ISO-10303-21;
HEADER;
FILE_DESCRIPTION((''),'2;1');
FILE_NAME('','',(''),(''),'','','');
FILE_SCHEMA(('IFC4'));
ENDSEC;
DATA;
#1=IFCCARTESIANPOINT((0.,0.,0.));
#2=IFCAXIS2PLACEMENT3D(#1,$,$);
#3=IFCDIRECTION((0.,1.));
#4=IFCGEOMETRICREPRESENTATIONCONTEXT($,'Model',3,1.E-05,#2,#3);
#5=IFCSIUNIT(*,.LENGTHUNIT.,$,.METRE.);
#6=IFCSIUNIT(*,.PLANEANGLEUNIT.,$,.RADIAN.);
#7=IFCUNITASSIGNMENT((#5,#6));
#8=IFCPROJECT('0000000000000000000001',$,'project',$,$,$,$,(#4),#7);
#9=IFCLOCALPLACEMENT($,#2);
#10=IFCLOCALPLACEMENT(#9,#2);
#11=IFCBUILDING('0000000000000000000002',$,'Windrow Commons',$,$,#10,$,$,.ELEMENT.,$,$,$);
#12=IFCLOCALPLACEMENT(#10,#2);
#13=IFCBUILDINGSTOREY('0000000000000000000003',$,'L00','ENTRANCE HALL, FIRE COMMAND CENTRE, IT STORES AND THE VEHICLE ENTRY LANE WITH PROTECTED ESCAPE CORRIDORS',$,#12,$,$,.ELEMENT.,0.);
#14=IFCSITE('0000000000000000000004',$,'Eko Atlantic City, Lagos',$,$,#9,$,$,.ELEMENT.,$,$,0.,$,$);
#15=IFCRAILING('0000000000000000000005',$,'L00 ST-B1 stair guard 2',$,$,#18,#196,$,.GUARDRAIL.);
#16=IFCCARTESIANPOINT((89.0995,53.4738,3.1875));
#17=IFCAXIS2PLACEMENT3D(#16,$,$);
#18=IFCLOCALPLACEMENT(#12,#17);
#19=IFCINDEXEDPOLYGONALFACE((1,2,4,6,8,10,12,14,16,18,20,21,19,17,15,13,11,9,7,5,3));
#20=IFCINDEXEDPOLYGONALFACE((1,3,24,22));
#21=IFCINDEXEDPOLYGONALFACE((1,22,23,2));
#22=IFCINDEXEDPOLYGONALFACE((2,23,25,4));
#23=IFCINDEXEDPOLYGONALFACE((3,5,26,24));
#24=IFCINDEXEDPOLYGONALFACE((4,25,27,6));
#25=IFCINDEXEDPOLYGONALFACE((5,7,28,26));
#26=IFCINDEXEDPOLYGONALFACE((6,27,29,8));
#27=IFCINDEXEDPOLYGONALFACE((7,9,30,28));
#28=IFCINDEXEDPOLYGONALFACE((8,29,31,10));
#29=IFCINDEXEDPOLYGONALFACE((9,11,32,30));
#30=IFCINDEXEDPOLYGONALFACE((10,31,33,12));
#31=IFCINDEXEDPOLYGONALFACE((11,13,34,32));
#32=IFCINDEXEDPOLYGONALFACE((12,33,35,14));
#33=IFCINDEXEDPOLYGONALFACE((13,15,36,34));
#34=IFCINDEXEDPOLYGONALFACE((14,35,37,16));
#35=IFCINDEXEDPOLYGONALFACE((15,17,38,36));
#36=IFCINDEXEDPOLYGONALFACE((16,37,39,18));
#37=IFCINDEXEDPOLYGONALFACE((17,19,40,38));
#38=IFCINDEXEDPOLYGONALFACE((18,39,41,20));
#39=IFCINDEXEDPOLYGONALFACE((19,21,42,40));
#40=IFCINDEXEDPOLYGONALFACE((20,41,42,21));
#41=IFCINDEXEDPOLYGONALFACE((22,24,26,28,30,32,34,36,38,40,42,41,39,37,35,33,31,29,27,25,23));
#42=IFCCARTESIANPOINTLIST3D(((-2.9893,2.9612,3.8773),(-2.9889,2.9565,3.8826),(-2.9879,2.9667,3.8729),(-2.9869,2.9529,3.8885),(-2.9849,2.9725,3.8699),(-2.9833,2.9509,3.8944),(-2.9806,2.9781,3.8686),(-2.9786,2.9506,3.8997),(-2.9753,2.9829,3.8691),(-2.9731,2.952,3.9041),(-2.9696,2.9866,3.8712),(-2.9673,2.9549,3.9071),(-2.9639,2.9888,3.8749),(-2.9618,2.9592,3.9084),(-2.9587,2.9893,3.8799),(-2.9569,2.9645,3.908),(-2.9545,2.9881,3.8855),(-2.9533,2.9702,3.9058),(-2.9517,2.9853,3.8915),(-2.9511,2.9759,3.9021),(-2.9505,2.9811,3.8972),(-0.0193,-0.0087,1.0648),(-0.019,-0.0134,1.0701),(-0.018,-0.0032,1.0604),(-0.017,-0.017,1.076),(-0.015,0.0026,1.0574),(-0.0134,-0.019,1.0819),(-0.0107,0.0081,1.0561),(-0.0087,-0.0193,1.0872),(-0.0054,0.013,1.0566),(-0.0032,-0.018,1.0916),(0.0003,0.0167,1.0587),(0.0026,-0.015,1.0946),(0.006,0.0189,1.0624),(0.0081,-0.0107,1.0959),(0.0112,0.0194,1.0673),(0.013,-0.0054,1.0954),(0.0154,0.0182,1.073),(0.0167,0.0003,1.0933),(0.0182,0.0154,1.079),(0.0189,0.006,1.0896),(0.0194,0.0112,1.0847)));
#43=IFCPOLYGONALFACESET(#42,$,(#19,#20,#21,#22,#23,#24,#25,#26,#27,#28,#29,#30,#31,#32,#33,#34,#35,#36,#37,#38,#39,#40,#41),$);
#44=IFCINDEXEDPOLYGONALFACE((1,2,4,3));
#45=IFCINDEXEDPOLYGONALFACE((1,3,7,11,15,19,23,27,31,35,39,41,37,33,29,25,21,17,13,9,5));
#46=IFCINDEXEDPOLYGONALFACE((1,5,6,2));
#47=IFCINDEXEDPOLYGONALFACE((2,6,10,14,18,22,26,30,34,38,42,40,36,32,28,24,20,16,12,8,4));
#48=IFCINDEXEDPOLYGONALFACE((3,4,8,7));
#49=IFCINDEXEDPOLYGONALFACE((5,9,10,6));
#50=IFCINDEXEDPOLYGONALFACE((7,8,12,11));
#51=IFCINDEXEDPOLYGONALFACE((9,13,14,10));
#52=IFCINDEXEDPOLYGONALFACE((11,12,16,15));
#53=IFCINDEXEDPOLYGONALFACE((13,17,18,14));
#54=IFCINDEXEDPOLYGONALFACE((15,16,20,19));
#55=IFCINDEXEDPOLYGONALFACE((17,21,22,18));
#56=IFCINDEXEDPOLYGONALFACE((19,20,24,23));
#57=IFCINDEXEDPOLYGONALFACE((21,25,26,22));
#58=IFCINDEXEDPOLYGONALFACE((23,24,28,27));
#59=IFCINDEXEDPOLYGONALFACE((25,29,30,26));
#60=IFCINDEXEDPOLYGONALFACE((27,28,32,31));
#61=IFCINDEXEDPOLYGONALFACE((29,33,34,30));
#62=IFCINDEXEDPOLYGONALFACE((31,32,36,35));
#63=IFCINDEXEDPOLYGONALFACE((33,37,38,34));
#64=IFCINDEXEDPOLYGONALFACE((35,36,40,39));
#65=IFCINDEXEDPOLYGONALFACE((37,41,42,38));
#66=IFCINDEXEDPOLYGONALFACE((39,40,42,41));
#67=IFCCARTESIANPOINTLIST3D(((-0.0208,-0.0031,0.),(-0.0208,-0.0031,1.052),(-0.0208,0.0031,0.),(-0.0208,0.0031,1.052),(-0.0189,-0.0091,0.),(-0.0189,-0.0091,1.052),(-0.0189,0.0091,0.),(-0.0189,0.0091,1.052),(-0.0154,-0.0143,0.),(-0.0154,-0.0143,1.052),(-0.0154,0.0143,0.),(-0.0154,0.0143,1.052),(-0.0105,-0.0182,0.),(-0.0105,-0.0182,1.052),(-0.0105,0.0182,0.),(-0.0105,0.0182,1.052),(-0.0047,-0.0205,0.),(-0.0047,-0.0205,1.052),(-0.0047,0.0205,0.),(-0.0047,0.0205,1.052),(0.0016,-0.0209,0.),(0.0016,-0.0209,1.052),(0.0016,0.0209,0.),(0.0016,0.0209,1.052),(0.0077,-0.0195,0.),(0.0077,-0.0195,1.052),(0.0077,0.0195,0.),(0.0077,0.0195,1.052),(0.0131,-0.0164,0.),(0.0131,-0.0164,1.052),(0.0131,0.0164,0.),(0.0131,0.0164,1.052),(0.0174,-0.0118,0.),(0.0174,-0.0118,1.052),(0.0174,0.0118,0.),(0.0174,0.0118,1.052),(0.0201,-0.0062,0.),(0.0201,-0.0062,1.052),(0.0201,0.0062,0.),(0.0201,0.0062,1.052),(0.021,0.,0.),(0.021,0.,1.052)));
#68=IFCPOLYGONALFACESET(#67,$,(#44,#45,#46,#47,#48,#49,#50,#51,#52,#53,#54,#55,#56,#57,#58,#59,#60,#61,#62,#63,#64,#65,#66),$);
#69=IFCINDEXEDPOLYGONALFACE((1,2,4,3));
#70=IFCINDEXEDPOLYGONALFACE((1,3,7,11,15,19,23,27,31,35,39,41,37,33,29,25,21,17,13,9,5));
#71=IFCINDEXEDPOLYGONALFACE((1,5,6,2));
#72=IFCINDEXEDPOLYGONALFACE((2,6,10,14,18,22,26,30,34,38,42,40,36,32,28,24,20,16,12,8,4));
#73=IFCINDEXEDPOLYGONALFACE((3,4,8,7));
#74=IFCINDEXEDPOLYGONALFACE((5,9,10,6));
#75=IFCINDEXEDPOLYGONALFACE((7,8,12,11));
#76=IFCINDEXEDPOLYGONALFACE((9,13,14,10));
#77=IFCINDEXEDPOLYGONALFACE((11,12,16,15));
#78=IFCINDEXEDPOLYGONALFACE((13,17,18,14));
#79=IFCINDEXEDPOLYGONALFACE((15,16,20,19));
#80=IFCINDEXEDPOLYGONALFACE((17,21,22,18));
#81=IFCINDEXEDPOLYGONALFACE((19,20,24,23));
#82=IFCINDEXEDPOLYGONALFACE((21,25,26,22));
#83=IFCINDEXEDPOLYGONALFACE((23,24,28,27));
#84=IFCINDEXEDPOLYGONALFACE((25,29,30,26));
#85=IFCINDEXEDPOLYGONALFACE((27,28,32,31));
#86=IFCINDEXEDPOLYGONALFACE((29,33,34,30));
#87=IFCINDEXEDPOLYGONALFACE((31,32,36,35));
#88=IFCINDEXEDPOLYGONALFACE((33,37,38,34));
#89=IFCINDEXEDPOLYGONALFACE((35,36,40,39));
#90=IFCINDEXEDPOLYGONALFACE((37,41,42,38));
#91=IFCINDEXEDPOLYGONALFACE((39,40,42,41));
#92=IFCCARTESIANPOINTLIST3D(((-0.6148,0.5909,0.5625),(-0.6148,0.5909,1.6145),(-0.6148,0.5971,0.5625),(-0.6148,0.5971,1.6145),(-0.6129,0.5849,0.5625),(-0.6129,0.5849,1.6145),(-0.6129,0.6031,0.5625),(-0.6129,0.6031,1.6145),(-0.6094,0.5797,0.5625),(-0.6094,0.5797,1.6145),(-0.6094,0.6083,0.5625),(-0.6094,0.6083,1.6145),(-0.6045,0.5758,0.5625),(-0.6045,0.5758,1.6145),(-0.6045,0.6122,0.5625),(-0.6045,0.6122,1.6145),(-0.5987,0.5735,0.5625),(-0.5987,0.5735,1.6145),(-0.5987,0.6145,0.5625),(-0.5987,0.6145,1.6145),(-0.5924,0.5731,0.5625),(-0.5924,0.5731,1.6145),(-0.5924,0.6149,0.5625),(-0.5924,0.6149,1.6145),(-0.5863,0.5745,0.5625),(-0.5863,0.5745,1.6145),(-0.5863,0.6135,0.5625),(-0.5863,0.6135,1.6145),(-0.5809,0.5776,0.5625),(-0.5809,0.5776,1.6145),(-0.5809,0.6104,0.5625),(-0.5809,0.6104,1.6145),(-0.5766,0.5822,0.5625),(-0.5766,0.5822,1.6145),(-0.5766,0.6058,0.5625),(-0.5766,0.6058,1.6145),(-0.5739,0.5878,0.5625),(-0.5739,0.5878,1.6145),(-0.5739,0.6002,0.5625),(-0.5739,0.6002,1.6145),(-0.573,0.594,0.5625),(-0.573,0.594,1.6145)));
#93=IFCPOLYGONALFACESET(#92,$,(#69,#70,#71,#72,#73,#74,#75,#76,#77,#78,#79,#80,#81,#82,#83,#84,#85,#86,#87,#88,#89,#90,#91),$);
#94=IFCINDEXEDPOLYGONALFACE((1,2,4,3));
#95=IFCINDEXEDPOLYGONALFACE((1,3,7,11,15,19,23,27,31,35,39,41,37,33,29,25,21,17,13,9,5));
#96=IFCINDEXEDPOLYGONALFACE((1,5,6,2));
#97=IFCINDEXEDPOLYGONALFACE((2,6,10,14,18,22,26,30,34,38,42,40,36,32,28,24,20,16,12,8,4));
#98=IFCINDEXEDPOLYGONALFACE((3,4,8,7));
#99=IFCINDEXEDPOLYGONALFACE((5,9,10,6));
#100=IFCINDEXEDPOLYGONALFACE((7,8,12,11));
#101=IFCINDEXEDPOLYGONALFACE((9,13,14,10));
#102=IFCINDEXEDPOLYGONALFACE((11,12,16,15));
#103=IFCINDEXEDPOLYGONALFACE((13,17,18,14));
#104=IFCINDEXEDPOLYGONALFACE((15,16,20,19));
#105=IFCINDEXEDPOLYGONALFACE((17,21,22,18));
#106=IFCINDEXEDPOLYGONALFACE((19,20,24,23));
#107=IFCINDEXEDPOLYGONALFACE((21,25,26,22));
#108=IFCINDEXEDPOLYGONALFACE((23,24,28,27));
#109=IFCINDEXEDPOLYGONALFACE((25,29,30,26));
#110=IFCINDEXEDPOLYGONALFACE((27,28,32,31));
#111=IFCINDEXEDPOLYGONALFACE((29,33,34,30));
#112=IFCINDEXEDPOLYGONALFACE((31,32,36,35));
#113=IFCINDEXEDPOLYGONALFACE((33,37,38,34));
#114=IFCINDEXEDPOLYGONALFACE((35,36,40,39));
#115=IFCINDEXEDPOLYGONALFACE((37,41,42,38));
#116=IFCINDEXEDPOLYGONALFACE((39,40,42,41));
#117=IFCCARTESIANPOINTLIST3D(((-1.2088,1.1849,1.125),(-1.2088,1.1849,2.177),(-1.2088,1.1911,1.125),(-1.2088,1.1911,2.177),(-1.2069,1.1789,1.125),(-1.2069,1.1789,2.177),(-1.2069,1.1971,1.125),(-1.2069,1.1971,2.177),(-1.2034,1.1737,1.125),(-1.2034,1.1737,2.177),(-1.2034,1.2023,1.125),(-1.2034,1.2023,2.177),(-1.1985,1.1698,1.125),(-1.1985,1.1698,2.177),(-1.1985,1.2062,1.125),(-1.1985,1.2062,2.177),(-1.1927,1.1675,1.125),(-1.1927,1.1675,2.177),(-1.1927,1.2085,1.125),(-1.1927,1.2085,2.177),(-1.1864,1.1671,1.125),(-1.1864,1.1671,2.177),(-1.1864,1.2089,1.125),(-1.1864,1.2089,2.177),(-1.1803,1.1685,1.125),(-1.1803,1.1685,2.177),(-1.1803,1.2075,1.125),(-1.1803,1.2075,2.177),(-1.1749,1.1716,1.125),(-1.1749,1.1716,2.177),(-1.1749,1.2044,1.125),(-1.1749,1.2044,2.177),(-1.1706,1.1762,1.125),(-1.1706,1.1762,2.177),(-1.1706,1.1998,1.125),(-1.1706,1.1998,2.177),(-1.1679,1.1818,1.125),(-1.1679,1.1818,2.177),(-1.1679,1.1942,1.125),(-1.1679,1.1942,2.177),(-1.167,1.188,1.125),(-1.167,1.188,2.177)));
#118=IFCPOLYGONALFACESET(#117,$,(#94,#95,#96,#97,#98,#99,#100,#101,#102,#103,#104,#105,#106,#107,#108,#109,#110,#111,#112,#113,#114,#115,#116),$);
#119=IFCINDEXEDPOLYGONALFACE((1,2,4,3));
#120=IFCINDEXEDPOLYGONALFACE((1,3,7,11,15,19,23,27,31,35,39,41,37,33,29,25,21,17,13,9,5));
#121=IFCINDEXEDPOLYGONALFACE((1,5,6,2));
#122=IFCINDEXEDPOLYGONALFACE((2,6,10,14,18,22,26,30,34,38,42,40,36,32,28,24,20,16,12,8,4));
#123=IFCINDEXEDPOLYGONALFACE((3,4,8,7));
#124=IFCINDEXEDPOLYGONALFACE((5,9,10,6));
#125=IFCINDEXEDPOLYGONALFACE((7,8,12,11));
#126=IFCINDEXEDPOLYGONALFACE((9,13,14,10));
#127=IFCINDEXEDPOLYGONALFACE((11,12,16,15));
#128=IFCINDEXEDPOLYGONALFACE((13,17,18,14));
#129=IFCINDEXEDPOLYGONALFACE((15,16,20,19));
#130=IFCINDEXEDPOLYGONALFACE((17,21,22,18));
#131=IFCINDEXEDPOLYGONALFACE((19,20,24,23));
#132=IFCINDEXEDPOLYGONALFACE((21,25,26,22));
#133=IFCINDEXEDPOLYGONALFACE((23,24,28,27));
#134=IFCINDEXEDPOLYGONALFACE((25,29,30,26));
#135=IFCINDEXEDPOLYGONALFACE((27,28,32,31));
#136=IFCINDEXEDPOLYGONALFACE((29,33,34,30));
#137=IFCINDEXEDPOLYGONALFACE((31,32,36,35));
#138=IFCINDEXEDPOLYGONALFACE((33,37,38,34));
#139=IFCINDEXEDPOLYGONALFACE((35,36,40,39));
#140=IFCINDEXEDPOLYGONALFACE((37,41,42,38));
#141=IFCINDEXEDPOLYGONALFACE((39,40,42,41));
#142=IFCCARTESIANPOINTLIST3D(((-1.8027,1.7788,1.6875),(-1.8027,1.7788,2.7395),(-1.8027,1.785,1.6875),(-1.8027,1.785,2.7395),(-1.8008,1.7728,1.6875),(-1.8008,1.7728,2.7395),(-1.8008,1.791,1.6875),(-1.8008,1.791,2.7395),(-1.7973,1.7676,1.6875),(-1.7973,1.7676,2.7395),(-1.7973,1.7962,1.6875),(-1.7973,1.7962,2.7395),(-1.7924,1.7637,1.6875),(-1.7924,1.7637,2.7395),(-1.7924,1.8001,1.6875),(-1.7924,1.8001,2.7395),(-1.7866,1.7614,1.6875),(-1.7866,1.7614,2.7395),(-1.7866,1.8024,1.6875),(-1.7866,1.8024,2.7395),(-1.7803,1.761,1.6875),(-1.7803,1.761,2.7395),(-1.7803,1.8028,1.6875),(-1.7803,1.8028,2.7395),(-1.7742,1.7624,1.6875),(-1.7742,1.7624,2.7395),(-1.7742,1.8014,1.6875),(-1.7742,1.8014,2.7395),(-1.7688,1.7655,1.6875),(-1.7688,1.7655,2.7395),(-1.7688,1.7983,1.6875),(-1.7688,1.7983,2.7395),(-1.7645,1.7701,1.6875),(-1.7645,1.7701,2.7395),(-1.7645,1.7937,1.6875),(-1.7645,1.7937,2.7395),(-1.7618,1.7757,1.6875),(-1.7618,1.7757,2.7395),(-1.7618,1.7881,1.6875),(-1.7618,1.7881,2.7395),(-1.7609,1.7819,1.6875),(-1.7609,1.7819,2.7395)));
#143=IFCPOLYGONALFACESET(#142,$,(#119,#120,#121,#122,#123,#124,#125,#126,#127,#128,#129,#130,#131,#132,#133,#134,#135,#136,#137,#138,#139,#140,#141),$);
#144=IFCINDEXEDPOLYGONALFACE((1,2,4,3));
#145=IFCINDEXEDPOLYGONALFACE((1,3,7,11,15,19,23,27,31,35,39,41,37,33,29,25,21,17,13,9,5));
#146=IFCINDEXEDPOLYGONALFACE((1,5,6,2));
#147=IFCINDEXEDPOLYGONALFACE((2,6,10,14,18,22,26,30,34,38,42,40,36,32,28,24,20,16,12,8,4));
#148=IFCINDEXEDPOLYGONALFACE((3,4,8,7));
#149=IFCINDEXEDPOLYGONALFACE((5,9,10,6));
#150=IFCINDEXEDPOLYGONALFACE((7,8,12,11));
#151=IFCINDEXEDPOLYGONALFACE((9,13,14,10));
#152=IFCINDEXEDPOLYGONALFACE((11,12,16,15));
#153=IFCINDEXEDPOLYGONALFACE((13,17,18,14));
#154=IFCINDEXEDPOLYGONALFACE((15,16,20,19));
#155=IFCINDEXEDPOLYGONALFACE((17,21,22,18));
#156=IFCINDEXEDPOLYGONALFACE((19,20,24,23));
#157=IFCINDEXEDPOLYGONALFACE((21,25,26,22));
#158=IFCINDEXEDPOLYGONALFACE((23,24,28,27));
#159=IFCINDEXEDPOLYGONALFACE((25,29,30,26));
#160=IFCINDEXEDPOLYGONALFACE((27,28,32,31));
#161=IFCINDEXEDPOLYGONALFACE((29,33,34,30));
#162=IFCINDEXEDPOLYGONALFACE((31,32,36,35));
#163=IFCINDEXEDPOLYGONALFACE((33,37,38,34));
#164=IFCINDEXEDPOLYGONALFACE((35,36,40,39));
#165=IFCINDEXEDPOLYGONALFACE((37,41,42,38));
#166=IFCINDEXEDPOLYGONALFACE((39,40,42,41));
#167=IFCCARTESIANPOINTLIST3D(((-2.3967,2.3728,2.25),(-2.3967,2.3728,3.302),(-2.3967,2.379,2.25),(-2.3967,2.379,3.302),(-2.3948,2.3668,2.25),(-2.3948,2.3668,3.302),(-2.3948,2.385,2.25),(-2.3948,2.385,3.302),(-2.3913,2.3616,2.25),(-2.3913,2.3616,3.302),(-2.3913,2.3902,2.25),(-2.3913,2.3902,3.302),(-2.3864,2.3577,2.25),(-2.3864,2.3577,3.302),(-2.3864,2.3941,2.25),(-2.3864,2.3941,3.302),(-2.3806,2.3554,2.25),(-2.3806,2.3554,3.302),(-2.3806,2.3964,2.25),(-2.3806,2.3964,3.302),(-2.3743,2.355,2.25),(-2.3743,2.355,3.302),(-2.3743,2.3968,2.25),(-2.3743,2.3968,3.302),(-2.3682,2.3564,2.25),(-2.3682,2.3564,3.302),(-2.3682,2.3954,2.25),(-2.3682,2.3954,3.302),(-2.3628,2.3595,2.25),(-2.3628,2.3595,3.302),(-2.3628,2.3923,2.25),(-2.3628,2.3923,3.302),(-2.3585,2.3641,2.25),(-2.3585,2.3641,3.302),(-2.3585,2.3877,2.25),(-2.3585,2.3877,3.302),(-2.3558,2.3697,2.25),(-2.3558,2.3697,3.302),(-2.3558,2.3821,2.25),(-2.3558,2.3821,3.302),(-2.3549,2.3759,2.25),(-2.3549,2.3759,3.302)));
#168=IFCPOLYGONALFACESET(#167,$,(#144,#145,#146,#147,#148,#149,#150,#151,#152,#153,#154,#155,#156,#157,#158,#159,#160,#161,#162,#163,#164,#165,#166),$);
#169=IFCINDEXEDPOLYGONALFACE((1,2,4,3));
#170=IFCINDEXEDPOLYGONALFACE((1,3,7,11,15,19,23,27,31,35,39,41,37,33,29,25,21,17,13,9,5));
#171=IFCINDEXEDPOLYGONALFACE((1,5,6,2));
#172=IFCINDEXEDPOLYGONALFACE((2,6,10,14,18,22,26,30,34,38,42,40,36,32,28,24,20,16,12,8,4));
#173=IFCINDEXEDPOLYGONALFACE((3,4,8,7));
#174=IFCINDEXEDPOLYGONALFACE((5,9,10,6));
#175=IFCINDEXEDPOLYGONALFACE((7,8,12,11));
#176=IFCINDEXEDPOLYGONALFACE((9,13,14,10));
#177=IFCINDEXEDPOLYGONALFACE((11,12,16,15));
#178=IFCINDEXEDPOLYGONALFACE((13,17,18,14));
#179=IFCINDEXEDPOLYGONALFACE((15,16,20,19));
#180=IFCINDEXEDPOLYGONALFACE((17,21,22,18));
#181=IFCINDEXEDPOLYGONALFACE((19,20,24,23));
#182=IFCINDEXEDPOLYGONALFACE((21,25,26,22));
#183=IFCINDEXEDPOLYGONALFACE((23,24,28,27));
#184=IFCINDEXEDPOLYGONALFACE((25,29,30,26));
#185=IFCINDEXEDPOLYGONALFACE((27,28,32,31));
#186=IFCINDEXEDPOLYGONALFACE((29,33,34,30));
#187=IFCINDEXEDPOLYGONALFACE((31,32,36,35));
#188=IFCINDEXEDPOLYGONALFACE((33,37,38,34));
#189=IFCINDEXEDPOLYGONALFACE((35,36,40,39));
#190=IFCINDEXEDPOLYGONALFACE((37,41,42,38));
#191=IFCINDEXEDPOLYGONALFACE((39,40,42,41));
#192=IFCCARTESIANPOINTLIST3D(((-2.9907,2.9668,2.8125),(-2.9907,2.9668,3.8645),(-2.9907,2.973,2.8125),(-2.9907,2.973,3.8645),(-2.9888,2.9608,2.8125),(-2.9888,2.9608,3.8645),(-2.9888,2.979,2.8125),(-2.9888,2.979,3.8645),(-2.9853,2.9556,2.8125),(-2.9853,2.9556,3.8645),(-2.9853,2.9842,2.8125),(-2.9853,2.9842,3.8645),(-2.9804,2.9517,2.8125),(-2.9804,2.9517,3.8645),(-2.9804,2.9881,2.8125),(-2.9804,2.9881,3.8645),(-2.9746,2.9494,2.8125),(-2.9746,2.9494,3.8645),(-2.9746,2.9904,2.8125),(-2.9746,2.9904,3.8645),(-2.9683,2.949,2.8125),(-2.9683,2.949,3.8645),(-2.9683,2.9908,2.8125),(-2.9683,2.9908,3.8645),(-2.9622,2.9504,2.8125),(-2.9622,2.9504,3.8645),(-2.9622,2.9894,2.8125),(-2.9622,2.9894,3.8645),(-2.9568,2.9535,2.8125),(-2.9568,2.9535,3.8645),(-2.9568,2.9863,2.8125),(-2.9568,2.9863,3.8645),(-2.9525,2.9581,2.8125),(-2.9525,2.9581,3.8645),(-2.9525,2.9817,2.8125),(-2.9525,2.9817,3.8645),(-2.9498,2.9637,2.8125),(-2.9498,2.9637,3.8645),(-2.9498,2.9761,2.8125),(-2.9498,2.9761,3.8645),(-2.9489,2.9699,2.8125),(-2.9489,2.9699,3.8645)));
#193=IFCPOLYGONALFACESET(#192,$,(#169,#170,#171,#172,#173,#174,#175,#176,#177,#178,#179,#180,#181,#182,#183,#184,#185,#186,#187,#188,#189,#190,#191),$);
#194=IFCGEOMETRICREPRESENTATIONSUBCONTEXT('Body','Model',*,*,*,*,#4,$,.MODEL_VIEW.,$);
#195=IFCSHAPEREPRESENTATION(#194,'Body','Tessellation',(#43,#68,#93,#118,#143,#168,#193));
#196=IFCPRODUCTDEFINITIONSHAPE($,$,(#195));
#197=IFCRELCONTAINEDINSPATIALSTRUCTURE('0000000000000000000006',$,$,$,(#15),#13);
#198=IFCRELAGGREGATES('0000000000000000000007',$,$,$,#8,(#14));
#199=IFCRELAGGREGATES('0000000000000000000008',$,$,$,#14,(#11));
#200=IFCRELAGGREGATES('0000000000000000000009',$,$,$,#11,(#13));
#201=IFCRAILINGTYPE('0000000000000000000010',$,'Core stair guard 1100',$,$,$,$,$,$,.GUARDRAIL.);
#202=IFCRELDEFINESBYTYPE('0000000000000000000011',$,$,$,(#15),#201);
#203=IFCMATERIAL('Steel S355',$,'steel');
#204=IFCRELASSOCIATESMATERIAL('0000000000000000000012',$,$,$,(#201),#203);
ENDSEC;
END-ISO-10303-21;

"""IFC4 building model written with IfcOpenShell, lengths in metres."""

from ifc_helpers import new_model, si_unit, direction, frame, origin, origin_2d, place, context, subcontext, project, spatial, circle, extrude, material, type_object, element, save


model = new_model("IFC4")

# Units and contexts
model_context = context("Model", 3, precision=1e-05, world=origin(), true_north=direction((0.0, 1.0)))
body_context = subcontext(model_context, "Body", "Model", "MODEL_VIEW")
ifc_project = project(units=[si_unit("LENGTHUNIT", "METRE"), si_unit("PLANEANGLEUNIT", "RADIAN")], contexts=[model_context])

# Site, building, storey
site_placement = place(None, origin())
site = spatial("IfcSite", under=ifc_project, at=site_placement, Name="Eko Atlantic City, Lagos", CompositionType="ELEMENT", RefElevation=0.0)
building_placement = place(site_placement, origin())
building = spatial("IfcBuilding", under=site, at=building_placement, Name="Windrow Commons", CompositionType="ELEMENT")
storey_placement = place(building_placement, origin())
storey = spatial("IfcBuildingStorey", under=building, at=storey_placement, Name="L00", Description="ENTRANCE HALL, FIRE COMMAND CENTRE, IT STORES AND THE VEHICLE ENTRY LANE WITH PROTECTED ESCAPE CORRIDORS", CompositionType="ELEMENT", Elevation=0.0)

# Railing
ifc_material_1 = material(Name="Steel S355", Category="steel")
railing_type_1 = type_object("IfcRailingType", Name="Core stair guard 1100", PredefinedType="GUARDRAIL", material=ifc_material_1)
railing_1_placement = place(storey_placement, frame((89.0995, 53.4738, 3.1875)))
element("IfcRailing", 1, at=railing_1_placement, inside=storey, type_object=railing_type_1, Name="L00 ST-B1 stair guard 2", PredefinedType="GUARDRAIL", context=body_context, shape_type="SweptSolid", body=[
    extrude(circle(Radius=0.024, at=origin_2d()), frame((0.0, 0.0, 1.076), z_axis=(-0.587543, 0.587543, 0.556404), x_axis=(-0.707107, -0.707107, 0.0)), (0.0, 0.0, 1.0), 5.0548),
    extrude(circle(Radius=0.021, at=origin_2d()), origin(), (0.0, 0.0, 1.0), 1.052),
    extrude(circle(Radius=0.021, at=origin_2d()), frame((-0.594, 0.594, 0.5625)), (0.0, 0.0, 1.0), 1.052),
    extrude(circle(Radius=0.021, at=origin_2d()), frame((-1.188, 1.188, 1.125)), (0.0, 0.0, 1.0), 1.052),
    extrude(circle(Radius=0.021, at=origin_2d()), frame((-1.7819, 1.7819, 1.6875)), (0.0, 0.0, 1.0), 1.052),
    extrude(circle(Radius=0.021, at=origin_2d()), frame((-2.3759, 2.3759, 2.25)), (0.0, 0.0, 1.0), 1.052),
    extrude(circle(Radius=0.021, at=origin_2d()), frame((-2.9699, 2.9699, 2.8125)), (0.0, 0.0, 1.0), 1.052),
])

save(model, "model.ifc")
